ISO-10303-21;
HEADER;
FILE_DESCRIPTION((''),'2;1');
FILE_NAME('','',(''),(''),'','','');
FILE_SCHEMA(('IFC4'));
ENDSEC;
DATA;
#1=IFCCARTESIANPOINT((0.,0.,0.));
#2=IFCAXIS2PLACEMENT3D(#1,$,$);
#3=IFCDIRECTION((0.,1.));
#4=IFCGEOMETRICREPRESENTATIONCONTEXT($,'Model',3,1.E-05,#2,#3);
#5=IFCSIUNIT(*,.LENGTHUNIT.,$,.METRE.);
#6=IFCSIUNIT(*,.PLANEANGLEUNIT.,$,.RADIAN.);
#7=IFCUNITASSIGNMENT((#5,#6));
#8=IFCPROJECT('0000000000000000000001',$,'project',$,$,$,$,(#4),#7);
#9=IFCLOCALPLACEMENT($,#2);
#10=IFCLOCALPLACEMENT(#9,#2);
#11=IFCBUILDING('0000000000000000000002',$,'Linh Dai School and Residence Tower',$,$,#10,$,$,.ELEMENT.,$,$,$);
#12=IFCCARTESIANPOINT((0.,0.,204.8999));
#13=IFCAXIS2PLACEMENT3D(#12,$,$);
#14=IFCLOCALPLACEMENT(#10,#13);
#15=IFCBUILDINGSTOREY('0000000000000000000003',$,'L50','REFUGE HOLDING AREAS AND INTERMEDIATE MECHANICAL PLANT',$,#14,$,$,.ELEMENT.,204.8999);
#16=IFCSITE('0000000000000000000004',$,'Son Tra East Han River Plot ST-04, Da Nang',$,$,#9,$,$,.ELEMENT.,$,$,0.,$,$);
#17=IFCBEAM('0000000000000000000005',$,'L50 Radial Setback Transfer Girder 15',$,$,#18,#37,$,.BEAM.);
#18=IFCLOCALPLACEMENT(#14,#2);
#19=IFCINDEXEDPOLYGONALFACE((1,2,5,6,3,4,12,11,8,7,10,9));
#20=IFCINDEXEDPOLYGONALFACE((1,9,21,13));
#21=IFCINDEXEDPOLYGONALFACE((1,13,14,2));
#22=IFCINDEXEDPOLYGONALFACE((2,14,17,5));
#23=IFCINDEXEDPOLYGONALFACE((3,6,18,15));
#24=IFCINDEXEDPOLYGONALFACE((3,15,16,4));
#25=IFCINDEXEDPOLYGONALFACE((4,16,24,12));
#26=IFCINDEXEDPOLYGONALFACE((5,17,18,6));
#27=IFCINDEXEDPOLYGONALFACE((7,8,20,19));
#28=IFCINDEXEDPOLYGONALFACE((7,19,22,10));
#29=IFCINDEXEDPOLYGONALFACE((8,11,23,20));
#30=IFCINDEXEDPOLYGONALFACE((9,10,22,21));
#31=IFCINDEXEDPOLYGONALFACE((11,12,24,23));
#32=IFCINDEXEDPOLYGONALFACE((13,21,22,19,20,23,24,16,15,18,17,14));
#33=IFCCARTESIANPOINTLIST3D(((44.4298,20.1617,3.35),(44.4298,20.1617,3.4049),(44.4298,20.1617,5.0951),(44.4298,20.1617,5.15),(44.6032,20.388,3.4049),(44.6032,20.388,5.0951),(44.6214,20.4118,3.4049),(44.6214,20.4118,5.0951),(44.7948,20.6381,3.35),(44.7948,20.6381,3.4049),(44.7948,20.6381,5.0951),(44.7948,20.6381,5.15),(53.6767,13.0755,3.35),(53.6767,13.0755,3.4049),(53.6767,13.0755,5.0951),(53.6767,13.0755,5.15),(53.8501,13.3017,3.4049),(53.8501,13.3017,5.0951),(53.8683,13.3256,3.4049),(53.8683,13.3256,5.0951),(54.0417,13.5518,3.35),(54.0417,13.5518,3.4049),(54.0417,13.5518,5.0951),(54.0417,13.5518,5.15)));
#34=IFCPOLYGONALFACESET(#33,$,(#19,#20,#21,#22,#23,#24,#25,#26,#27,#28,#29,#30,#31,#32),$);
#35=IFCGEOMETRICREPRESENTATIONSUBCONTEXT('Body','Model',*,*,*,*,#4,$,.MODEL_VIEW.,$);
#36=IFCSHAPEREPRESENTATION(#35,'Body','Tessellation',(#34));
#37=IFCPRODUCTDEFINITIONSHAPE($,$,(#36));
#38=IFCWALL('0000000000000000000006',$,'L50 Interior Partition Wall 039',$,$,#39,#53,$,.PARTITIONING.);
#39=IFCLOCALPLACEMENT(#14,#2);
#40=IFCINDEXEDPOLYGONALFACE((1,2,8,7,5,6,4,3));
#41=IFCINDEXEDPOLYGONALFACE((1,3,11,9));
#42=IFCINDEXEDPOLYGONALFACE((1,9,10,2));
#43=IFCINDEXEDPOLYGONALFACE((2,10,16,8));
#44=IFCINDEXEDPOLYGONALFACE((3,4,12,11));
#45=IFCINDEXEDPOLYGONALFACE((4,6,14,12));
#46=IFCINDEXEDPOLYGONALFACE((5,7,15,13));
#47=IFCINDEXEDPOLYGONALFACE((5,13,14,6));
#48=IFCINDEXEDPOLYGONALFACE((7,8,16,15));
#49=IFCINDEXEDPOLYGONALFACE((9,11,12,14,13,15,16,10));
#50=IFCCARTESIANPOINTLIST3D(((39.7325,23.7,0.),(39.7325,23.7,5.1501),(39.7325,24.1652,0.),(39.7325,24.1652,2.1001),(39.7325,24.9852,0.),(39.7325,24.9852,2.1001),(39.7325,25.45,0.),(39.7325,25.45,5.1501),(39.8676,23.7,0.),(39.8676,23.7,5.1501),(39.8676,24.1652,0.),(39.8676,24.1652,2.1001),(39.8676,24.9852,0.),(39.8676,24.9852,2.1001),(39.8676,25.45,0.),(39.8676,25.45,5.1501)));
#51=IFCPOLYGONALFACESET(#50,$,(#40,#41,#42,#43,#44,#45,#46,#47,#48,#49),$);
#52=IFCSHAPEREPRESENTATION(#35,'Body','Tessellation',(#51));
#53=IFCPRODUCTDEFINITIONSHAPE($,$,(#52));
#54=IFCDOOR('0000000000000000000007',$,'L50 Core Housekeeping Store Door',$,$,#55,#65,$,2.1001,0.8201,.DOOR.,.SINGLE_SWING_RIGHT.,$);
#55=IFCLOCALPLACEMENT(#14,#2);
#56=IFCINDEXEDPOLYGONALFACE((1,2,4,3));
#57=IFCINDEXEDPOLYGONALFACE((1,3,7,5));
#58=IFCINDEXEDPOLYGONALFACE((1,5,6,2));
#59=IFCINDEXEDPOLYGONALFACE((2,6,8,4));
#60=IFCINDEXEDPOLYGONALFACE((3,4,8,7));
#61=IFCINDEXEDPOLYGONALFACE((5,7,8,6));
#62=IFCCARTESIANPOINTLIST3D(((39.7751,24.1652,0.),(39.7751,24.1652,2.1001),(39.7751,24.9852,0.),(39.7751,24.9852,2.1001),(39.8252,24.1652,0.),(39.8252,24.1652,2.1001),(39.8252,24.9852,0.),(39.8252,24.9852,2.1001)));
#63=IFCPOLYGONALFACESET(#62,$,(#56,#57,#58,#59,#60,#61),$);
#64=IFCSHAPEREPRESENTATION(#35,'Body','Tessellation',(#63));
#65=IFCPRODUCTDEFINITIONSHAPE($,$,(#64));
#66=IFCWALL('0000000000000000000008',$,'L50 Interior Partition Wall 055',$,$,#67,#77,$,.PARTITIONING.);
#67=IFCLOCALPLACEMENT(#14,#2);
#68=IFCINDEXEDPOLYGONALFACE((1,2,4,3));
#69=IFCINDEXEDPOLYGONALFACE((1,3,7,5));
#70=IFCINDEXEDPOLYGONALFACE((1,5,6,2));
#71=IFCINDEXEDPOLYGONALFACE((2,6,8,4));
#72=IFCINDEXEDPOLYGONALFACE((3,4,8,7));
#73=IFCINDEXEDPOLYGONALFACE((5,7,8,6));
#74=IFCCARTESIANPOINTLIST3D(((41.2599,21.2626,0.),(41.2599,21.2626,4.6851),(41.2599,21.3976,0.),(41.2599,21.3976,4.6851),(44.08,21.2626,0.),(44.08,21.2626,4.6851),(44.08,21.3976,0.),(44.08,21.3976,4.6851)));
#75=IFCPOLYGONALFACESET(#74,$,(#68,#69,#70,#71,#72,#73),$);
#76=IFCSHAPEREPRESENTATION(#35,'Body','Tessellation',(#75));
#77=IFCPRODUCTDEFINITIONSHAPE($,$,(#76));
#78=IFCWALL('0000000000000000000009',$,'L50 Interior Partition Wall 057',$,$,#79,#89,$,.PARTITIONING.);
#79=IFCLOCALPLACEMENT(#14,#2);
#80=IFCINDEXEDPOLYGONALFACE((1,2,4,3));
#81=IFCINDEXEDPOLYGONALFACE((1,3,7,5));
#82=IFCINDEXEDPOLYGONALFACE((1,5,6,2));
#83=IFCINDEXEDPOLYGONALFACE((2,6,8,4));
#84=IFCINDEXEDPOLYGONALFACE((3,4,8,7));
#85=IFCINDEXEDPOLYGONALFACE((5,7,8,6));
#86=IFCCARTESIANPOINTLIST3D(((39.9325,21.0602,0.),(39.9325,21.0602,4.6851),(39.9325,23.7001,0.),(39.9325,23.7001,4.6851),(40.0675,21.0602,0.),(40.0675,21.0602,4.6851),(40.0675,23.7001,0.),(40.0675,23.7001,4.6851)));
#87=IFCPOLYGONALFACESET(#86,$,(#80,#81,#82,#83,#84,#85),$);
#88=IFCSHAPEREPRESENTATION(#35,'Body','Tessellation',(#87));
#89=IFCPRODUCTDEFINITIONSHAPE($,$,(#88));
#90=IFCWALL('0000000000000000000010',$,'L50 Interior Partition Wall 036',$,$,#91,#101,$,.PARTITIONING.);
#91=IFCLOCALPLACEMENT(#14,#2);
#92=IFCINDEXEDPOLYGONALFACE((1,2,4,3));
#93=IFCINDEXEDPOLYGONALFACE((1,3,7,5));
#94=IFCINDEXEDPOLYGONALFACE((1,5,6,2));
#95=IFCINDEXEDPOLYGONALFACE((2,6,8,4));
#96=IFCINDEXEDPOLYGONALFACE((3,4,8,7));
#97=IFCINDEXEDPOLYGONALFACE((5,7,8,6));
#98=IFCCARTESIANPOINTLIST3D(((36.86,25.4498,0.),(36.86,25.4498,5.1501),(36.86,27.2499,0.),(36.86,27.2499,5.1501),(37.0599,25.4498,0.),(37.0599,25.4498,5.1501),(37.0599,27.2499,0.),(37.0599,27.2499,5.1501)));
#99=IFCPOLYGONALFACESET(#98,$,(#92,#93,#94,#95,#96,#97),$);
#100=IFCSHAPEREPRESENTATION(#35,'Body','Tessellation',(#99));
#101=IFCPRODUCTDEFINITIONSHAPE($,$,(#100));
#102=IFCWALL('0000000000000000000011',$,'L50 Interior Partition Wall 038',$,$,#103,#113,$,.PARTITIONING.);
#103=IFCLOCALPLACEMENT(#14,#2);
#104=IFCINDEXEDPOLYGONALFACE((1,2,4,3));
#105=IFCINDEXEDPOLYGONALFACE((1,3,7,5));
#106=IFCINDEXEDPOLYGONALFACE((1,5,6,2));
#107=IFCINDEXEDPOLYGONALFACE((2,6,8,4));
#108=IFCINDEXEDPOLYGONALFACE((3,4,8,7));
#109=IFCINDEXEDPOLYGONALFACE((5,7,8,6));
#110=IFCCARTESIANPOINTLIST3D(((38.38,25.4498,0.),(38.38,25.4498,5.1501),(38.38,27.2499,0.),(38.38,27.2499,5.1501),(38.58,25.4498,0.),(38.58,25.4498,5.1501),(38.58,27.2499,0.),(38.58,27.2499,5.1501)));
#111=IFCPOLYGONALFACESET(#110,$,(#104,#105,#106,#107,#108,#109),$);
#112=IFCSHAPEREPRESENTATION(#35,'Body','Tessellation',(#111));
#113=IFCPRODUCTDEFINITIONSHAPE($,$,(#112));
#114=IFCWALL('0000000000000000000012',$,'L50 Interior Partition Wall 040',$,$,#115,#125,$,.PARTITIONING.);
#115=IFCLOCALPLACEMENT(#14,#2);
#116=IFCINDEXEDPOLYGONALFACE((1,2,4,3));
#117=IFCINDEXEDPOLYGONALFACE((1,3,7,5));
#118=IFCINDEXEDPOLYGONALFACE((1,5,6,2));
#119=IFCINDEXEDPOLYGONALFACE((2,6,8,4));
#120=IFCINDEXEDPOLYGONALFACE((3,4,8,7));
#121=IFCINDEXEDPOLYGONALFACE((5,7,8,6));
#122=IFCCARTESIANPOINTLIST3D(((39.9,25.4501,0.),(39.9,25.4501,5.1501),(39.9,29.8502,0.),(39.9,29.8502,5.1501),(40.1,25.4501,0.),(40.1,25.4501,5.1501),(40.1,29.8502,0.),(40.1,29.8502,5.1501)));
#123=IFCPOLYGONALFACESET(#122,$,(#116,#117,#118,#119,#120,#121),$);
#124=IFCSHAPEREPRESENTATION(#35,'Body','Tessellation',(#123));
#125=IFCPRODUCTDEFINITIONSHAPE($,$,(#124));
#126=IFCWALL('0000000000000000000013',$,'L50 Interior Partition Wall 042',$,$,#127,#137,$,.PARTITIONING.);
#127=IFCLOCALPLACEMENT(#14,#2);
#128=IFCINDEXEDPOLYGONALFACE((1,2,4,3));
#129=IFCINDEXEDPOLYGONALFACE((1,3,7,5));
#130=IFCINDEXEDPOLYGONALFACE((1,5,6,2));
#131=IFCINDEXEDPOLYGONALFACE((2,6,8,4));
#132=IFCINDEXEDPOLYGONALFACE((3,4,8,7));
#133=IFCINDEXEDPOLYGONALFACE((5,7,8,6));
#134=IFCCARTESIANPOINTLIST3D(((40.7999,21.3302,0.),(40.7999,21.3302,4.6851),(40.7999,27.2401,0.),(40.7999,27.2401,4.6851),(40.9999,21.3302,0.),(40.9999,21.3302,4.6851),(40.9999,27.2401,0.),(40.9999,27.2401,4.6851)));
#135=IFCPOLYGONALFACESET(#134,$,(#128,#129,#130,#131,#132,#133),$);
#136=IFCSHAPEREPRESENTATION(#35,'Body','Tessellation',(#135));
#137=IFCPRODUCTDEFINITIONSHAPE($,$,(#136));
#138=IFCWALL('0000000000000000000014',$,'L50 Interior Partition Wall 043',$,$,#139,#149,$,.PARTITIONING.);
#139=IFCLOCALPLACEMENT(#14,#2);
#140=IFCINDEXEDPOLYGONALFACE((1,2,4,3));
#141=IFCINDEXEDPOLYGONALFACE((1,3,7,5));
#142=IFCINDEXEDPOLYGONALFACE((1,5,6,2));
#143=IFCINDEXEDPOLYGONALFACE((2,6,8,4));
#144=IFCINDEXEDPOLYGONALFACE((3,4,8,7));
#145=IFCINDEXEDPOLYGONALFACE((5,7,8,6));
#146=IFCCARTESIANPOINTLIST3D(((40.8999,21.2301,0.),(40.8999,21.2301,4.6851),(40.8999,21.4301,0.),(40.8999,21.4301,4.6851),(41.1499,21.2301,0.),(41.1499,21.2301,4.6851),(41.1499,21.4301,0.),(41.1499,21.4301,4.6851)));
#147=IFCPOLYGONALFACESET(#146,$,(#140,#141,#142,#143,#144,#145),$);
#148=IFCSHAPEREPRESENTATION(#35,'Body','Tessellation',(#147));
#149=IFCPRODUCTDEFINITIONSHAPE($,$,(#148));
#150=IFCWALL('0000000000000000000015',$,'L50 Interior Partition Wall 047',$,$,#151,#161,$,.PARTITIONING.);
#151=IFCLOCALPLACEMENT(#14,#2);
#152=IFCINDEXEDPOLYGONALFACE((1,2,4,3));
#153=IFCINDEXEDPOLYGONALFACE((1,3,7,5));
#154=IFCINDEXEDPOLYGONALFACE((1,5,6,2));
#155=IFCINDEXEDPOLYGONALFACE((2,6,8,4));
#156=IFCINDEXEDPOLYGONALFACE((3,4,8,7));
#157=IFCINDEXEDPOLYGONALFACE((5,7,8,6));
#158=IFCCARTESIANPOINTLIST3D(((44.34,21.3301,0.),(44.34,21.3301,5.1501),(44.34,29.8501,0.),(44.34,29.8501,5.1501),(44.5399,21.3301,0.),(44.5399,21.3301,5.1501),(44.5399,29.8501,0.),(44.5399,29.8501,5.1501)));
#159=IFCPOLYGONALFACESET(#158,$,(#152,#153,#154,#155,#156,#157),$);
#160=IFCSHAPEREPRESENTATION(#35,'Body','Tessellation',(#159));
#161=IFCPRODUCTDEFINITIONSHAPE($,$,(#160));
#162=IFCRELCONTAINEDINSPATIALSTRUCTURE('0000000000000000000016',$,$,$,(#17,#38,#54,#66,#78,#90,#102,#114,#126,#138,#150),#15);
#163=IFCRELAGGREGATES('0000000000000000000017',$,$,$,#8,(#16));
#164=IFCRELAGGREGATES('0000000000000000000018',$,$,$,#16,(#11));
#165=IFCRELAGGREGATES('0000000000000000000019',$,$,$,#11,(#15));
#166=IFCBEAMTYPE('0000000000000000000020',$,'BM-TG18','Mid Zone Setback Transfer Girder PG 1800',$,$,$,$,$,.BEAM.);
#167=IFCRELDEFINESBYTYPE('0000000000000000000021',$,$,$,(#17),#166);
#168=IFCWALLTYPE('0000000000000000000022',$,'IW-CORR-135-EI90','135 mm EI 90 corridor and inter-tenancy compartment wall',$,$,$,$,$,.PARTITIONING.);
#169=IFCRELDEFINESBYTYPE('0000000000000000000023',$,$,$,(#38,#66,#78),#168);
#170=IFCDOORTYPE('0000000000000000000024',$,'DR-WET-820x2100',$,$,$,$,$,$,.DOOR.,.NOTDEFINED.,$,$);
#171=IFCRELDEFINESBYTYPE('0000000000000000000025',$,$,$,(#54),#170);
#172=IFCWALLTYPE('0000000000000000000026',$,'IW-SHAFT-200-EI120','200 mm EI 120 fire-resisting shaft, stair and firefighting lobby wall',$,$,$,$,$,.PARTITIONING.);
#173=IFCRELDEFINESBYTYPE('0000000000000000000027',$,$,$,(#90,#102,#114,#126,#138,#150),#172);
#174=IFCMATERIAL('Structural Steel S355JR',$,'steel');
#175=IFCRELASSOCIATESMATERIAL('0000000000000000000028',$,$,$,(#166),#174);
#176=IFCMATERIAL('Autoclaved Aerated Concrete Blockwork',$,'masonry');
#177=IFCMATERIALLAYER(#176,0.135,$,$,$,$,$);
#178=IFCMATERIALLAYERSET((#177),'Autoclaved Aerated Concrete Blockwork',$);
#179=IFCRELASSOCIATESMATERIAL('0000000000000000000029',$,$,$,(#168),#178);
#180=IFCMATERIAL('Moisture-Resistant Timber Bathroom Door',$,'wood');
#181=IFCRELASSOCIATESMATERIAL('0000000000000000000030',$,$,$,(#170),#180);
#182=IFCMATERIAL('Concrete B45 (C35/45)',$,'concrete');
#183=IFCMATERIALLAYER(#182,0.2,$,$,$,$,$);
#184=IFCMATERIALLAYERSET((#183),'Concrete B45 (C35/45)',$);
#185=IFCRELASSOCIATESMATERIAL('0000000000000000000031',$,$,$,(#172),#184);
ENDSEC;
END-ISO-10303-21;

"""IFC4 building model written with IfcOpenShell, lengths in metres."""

from ifc_helpers import new_model, si_unit, direction, frame, frame_2d, origin, origin_2d, place, context, subcontext, project, spatial, rectangle, i_section, extrude, source, transform, mapped, material, layer, layer_set, material_profile, profile_set, type_object, element, fill, save


model = new_model("IFC4")

# Units and contexts
model_context = context("Model", 3, precision=1e-05, world=origin(), true_north=direction((0.0, 1.0)))
body_context = subcontext(model_context, "Body", "Model", "MODEL_VIEW")
ifc_project = project(units=[si_unit("LENGTHUNIT", "METRE"), si_unit("PLANEANGLEUNIT", "RADIAN")], contexts=[model_context])

# Site, building, storey
site_placement = place(None, origin())
site = spatial("IfcSite", under=ifc_project, at=site_placement, Name="Son Tra East Han River Plot ST-04, Da Nang", CompositionType="ELEMENT", RefElevation=0.0)
building_placement = place(site_placement, origin())
building = spatial("IfcBuilding", under=site, at=building_placement, Name="Linh Dai School and Residence Tower", CompositionType="ELEMENT")
storey_placement = place(building_placement, frame((0.0, 0.0, 204.8999)))
storey = spatial("IfcBuildingStorey", under=building, at=storey_placement, Name="L50", Description="REFUGE HOLDING AREAS AND INTERMEDIATE MECHANICAL PLANT", CompositionType="ELEMENT", Elevation=204.8999)

# Shared definitions
ifc_material_1 = material(Name="Structural Steel S355JR", Category="steel")

# Beam
ifc_material_profile_1 = material_profile(ifc_material_1, i_section(OverallWidth=0.6001, OverallDepth=1.8, WebThickness=0.03, FlangeThickness=0.0549, at=origin_2d()), Name="PG 1800x600x30x55")
ifc_profile_set_1 = profile_set([ifc_material_profile_1], Name="Structural Steel S355JR")
beam_type_1 = type_object("IfcBeamType", Name="BM-TG18", Description="Mid Zone Setback Transfer Girder PG 1800", PredefinedType="BEAM", material=ifc_profile_set_1)
beam_1_placement = place(storey_placement, frame((44.6123, 20.3999, 4.25), z_axis=(0.793733, -0.608267, 0.0), x_axis=(0.608267, 0.793733, 0.0)))
element("IfcBeam", 1, at=beam_1_placement, inside=storey, type_object=beam_type_1, Name="L50 Radial Setback Transfer Girder 15", PredefinedType="BEAM", context=body_context, shape_type="SweptSolid", body=[
    extrude(i_section(OverallWidth=0.6001, OverallDepth=1.8, WebThickness=0.03, FlangeThickness=0.0549, at=origin_2d()), origin(), (0.0, 0.0, 1.0), 11.6499),
])

# Wall, opening, door
ifc_material_2 = material(Name="Autoclaved Aerated Concrete Blockwork", Category="masonry")
ifc_layer_1 = layer(ifc_material_2, 0.135)
ifc_layer_set_1 = layer_set([ifc_layer_1], Name="Autoclaved Aerated Concrete Blockwork")
wall_type_1 = type_object("IfcWallType", Name="IW-CORR-135-EI90", Description="135 mm EI 90 corridor and inter-tenancy compartment wall", PredefinedType="PARTITIONING", material=ifc_layer_set_1)
wall_1_placement = place(storey_placement, frame((39.8, 23.7, 0.0), z_axis=(0.0, 0.0, 1.0), x_axis=(0.0, 1.0, 0.0)))
wall_1 = element("IfcWall", 2, at=wall_1_placement, inside=storey, type_object=wall_type_1, Name="L50 Interior Partition Wall 039", PredefinedType="PARTITIONING", context=body_context, shape_type="SweptSolid", body=[
    extrude(rectangle(XDim=1.75, YDim=0.135, at=frame_2d((0.875, 0.0))), origin(), (0.0, 0.0, 1.0), 5.1501),
])
opening_1_placement = place(wall_1_placement, frame((0.4651, 0.0, 0.0)))
opening_1 = element("IfcOpeningElement", 3, at=opening_1_placement, cuts=wall_1, PredefinedType="OPENING", context=body_context, shape_type="SweptSolid", body=[
    extrude(rectangle(XDim=0.8201, YDim=2.1001, at=origin_2d()), frame((0.4102, 0.0776, 1.05), z_axis=(0.0, -1.0, 0.0), x_axis=(1.0, 0.0, 0.0)), (0.0, 0.0, 1.0), 0.155),
])
ifc_material_3 = material(Name="Moisture-Resistant Timber Bathroom Door", Category="wood")
door_type_1 = type_object("IfcDoorType", Name="DR-WET-820x2100", OperationType="NOTDEFINED", PredefinedType="DOOR", material=ifc_material_3)
shared_shape_1 = source(origin(), body_context, "Body", "SweptSolid", [
    extrude(rectangle(XDim=0.8201, YDim=2.1001, at=origin_2d()), frame((0.4102, 0.0249, 1.05), z_axis=(0.0, -1.0, 0.0), x_axis=(1.0, 0.0, 0.0)), (0.0, 0.0, 1.0), 0.05),
])
door_1_placement = place(opening_1_placement, origin())
door_1 = element("IfcDoor", 4, at=door_1_placement, inside=storey, type_object=door_type_1, Name="L50 Core Housekeeping Store Door", OperationType="SINGLE_SWING_RIGHT", OverallHeight=2.1001, OverallWidth=0.8201, PredefinedType="DOOR", context=body_context, shape_type="MappedRepresentation", body=[
    mapped(shared_shape_1, transform((0.0, 0.0, 0.0), x_axis=(1.0, 0.0, 0.0), y_axis=(0.0, 1.0, 0.0), z_axis=(0.0, 0.0, 1.0), scale=1.0)),
])
fill(opening_1, door_1)

# Walls
wall_2_placement = place(storey_placement, frame((44.0801, 21.3301, 0.0), z_axis=(0.0, 0.0, 1.0), x_axis=(-1.0, 0.0, 0.0)))
element("IfcWall", 5, at=wall_2_placement, inside=storey, type_object=wall_type_1, Name="L50 Interior Partition Wall 055", PredefinedType="PARTITIONING", context=body_context, shape_type="SweptSolid", body=[
    extrude(rectangle(XDim=2.8201, YDim=0.135, at=frame_2d((1.4102, 0.0))), origin(), (0.0, 0.0, 1.0), 4.6851),
])
wall_3_placement = place(storey_placement, frame((40.0, 23.7, 0.0), z_axis=(0.0, 0.0, 1.0), x_axis=(0.0, -1.0, 0.0)))
element("IfcWall", 6, at=wall_3_placement, inside=storey, type_object=wall_type_1, Name="L50 Interior Partition Wall 057", PredefinedType="PARTITIONING", context=body_context, shape_type="SweptSolid", body=[
    extrude(rectangle(XDim=2.6399, YDim=0.135, at=frame_2d((1.3198, 0.0))), origin(), (0.0, 0.0, 1.0), 4.6851),
])
ifc_material_4 = material(Name="Concrete B45 (C35/45)", Category="concrete")
ifc_layer_2 = layer(ifc_material_4, 0.2)
ifc_layer_set_2 = layer_set([ifc_layer_2], Name="Concrete B45 (C35/45)")
wall_type_2 = type_object("IfcWallType", Name="IW-SHAFT-200-EI120", Description="200 mm EI 120 fire-resisting shaft, stair and firefighting lobby wall", PredefinedType="PARTITIONING", material=ifc_layer_set_2)
for number, where, z_axis, x_axis, name in (
    (7, (36.96, 25.45, 0.0), (0.0, 0.0, 1.0), (0.0, 1.0, 0.0), "L50 Interior Partition Wall 036"),
    (8, (38.48, 25.45, 0.0), (0.0, 0.0, 1.0), (0.0, 1.0, 0.0), "L50 Interior Partition Wall 038"),
):
    element("IfcWall", number, at=place(storey_placement, frame(where, z_axis=z_axis, x_axis=x_axis)), inside=storey, type_object=wall_type_2, Name=name, PredefinedType="PARTITIONING", context=body_context, shape_type="SweptSolid", body=[
        extrude(rectangle(XDim=1.8, YDim=0.2, at=frame_2d((0.8999, 0.0))), origin(), (0.0, 0.0, 1.0), 5.1501),
    ])
wall_4_placement = place(storey_placement, frame((40.0, 25.45, 0.0), z_axis=(0.0, 0.0, 1.0), x_axis=(0.0, 1.0, 0.0)))
element("IfcWall", 9, at=wall_4_placement, inside=storey, type_object=wall_type_2, Name="L50 Interior Partition Wall 040", PredefinedType="PARTITIONING", context=body_context, shape_type="SweptSolid", body=[
    extrude(rectangle(XDim=4.4001, YDim=0.2, at=frame_2d((2.2002, 0.0))), origin(), (0.0, 0.0, 1.0), 5.1501),
])
wall_5_placement = place(storey_placement, frame((40.8999, 21.3301, 0.0), z_axis=(0.0, 0.0, 1.0), x_axis=(0.0, 1.0, 0.0)))
element("IfcWall", 10, at=wall_5_placement, inside=storey, type_object=wall_type_2, Name="L50 Interior Partition Wall 042", PredefinedType="PARTITIONING", context=body_context, shape_type="SweptSolid", body=[
    extrude(rectangle(XDim=5.9099, YDim=0.2, at=frame_2d((2.9551, 0.0))), origin(), (0.0, 0.0, 1.0), 4.6851),
])
wall_6_placement = place(storey_placement, frame((40.8999, 21.3301, 0.0), z_axis=(0.0, 0.0, 1.0), x_axis=(1.0, 0.0, 0.0)))
element("IfcWall", 11, at=wall_6_placement, inside=storey, type_object=wall_type_2, Name="L50 Interior Partition Wall 043", PredefinedType="PARTITIONING", context=body_context, shape_type="SweptSolid", body=[
    extrude(rectangle(XDim=0.25, YDim=0.2, at=frame_2d((0.125, 0.0))), origin(), (0.0, 0.0, 1.0), 4.6851),
])
wall_7_placement = place(storey_placement, frame((44.4399, 21.3301, 0.0), z_axis=(0.0, 0.0, 1.0), x_axis=(0.0, 1.0, 0.0)))
element("IfcWall", 12, at=wall_7_placement, inside=storey, type_object=wall_type_2, Name="L50 Interior Partition Wall 047", PredefinedType="PARTITIONING", context=body_context, shape_type="SweptSolid", body=[
    extrude(rectangle(XDim=8.52, YDim=0.2, at=frame_2d((4.26, 0.0))), origin(), (0.0, 0.0, 1.0), 5.1501),
])

save(model, "model.ifc")
